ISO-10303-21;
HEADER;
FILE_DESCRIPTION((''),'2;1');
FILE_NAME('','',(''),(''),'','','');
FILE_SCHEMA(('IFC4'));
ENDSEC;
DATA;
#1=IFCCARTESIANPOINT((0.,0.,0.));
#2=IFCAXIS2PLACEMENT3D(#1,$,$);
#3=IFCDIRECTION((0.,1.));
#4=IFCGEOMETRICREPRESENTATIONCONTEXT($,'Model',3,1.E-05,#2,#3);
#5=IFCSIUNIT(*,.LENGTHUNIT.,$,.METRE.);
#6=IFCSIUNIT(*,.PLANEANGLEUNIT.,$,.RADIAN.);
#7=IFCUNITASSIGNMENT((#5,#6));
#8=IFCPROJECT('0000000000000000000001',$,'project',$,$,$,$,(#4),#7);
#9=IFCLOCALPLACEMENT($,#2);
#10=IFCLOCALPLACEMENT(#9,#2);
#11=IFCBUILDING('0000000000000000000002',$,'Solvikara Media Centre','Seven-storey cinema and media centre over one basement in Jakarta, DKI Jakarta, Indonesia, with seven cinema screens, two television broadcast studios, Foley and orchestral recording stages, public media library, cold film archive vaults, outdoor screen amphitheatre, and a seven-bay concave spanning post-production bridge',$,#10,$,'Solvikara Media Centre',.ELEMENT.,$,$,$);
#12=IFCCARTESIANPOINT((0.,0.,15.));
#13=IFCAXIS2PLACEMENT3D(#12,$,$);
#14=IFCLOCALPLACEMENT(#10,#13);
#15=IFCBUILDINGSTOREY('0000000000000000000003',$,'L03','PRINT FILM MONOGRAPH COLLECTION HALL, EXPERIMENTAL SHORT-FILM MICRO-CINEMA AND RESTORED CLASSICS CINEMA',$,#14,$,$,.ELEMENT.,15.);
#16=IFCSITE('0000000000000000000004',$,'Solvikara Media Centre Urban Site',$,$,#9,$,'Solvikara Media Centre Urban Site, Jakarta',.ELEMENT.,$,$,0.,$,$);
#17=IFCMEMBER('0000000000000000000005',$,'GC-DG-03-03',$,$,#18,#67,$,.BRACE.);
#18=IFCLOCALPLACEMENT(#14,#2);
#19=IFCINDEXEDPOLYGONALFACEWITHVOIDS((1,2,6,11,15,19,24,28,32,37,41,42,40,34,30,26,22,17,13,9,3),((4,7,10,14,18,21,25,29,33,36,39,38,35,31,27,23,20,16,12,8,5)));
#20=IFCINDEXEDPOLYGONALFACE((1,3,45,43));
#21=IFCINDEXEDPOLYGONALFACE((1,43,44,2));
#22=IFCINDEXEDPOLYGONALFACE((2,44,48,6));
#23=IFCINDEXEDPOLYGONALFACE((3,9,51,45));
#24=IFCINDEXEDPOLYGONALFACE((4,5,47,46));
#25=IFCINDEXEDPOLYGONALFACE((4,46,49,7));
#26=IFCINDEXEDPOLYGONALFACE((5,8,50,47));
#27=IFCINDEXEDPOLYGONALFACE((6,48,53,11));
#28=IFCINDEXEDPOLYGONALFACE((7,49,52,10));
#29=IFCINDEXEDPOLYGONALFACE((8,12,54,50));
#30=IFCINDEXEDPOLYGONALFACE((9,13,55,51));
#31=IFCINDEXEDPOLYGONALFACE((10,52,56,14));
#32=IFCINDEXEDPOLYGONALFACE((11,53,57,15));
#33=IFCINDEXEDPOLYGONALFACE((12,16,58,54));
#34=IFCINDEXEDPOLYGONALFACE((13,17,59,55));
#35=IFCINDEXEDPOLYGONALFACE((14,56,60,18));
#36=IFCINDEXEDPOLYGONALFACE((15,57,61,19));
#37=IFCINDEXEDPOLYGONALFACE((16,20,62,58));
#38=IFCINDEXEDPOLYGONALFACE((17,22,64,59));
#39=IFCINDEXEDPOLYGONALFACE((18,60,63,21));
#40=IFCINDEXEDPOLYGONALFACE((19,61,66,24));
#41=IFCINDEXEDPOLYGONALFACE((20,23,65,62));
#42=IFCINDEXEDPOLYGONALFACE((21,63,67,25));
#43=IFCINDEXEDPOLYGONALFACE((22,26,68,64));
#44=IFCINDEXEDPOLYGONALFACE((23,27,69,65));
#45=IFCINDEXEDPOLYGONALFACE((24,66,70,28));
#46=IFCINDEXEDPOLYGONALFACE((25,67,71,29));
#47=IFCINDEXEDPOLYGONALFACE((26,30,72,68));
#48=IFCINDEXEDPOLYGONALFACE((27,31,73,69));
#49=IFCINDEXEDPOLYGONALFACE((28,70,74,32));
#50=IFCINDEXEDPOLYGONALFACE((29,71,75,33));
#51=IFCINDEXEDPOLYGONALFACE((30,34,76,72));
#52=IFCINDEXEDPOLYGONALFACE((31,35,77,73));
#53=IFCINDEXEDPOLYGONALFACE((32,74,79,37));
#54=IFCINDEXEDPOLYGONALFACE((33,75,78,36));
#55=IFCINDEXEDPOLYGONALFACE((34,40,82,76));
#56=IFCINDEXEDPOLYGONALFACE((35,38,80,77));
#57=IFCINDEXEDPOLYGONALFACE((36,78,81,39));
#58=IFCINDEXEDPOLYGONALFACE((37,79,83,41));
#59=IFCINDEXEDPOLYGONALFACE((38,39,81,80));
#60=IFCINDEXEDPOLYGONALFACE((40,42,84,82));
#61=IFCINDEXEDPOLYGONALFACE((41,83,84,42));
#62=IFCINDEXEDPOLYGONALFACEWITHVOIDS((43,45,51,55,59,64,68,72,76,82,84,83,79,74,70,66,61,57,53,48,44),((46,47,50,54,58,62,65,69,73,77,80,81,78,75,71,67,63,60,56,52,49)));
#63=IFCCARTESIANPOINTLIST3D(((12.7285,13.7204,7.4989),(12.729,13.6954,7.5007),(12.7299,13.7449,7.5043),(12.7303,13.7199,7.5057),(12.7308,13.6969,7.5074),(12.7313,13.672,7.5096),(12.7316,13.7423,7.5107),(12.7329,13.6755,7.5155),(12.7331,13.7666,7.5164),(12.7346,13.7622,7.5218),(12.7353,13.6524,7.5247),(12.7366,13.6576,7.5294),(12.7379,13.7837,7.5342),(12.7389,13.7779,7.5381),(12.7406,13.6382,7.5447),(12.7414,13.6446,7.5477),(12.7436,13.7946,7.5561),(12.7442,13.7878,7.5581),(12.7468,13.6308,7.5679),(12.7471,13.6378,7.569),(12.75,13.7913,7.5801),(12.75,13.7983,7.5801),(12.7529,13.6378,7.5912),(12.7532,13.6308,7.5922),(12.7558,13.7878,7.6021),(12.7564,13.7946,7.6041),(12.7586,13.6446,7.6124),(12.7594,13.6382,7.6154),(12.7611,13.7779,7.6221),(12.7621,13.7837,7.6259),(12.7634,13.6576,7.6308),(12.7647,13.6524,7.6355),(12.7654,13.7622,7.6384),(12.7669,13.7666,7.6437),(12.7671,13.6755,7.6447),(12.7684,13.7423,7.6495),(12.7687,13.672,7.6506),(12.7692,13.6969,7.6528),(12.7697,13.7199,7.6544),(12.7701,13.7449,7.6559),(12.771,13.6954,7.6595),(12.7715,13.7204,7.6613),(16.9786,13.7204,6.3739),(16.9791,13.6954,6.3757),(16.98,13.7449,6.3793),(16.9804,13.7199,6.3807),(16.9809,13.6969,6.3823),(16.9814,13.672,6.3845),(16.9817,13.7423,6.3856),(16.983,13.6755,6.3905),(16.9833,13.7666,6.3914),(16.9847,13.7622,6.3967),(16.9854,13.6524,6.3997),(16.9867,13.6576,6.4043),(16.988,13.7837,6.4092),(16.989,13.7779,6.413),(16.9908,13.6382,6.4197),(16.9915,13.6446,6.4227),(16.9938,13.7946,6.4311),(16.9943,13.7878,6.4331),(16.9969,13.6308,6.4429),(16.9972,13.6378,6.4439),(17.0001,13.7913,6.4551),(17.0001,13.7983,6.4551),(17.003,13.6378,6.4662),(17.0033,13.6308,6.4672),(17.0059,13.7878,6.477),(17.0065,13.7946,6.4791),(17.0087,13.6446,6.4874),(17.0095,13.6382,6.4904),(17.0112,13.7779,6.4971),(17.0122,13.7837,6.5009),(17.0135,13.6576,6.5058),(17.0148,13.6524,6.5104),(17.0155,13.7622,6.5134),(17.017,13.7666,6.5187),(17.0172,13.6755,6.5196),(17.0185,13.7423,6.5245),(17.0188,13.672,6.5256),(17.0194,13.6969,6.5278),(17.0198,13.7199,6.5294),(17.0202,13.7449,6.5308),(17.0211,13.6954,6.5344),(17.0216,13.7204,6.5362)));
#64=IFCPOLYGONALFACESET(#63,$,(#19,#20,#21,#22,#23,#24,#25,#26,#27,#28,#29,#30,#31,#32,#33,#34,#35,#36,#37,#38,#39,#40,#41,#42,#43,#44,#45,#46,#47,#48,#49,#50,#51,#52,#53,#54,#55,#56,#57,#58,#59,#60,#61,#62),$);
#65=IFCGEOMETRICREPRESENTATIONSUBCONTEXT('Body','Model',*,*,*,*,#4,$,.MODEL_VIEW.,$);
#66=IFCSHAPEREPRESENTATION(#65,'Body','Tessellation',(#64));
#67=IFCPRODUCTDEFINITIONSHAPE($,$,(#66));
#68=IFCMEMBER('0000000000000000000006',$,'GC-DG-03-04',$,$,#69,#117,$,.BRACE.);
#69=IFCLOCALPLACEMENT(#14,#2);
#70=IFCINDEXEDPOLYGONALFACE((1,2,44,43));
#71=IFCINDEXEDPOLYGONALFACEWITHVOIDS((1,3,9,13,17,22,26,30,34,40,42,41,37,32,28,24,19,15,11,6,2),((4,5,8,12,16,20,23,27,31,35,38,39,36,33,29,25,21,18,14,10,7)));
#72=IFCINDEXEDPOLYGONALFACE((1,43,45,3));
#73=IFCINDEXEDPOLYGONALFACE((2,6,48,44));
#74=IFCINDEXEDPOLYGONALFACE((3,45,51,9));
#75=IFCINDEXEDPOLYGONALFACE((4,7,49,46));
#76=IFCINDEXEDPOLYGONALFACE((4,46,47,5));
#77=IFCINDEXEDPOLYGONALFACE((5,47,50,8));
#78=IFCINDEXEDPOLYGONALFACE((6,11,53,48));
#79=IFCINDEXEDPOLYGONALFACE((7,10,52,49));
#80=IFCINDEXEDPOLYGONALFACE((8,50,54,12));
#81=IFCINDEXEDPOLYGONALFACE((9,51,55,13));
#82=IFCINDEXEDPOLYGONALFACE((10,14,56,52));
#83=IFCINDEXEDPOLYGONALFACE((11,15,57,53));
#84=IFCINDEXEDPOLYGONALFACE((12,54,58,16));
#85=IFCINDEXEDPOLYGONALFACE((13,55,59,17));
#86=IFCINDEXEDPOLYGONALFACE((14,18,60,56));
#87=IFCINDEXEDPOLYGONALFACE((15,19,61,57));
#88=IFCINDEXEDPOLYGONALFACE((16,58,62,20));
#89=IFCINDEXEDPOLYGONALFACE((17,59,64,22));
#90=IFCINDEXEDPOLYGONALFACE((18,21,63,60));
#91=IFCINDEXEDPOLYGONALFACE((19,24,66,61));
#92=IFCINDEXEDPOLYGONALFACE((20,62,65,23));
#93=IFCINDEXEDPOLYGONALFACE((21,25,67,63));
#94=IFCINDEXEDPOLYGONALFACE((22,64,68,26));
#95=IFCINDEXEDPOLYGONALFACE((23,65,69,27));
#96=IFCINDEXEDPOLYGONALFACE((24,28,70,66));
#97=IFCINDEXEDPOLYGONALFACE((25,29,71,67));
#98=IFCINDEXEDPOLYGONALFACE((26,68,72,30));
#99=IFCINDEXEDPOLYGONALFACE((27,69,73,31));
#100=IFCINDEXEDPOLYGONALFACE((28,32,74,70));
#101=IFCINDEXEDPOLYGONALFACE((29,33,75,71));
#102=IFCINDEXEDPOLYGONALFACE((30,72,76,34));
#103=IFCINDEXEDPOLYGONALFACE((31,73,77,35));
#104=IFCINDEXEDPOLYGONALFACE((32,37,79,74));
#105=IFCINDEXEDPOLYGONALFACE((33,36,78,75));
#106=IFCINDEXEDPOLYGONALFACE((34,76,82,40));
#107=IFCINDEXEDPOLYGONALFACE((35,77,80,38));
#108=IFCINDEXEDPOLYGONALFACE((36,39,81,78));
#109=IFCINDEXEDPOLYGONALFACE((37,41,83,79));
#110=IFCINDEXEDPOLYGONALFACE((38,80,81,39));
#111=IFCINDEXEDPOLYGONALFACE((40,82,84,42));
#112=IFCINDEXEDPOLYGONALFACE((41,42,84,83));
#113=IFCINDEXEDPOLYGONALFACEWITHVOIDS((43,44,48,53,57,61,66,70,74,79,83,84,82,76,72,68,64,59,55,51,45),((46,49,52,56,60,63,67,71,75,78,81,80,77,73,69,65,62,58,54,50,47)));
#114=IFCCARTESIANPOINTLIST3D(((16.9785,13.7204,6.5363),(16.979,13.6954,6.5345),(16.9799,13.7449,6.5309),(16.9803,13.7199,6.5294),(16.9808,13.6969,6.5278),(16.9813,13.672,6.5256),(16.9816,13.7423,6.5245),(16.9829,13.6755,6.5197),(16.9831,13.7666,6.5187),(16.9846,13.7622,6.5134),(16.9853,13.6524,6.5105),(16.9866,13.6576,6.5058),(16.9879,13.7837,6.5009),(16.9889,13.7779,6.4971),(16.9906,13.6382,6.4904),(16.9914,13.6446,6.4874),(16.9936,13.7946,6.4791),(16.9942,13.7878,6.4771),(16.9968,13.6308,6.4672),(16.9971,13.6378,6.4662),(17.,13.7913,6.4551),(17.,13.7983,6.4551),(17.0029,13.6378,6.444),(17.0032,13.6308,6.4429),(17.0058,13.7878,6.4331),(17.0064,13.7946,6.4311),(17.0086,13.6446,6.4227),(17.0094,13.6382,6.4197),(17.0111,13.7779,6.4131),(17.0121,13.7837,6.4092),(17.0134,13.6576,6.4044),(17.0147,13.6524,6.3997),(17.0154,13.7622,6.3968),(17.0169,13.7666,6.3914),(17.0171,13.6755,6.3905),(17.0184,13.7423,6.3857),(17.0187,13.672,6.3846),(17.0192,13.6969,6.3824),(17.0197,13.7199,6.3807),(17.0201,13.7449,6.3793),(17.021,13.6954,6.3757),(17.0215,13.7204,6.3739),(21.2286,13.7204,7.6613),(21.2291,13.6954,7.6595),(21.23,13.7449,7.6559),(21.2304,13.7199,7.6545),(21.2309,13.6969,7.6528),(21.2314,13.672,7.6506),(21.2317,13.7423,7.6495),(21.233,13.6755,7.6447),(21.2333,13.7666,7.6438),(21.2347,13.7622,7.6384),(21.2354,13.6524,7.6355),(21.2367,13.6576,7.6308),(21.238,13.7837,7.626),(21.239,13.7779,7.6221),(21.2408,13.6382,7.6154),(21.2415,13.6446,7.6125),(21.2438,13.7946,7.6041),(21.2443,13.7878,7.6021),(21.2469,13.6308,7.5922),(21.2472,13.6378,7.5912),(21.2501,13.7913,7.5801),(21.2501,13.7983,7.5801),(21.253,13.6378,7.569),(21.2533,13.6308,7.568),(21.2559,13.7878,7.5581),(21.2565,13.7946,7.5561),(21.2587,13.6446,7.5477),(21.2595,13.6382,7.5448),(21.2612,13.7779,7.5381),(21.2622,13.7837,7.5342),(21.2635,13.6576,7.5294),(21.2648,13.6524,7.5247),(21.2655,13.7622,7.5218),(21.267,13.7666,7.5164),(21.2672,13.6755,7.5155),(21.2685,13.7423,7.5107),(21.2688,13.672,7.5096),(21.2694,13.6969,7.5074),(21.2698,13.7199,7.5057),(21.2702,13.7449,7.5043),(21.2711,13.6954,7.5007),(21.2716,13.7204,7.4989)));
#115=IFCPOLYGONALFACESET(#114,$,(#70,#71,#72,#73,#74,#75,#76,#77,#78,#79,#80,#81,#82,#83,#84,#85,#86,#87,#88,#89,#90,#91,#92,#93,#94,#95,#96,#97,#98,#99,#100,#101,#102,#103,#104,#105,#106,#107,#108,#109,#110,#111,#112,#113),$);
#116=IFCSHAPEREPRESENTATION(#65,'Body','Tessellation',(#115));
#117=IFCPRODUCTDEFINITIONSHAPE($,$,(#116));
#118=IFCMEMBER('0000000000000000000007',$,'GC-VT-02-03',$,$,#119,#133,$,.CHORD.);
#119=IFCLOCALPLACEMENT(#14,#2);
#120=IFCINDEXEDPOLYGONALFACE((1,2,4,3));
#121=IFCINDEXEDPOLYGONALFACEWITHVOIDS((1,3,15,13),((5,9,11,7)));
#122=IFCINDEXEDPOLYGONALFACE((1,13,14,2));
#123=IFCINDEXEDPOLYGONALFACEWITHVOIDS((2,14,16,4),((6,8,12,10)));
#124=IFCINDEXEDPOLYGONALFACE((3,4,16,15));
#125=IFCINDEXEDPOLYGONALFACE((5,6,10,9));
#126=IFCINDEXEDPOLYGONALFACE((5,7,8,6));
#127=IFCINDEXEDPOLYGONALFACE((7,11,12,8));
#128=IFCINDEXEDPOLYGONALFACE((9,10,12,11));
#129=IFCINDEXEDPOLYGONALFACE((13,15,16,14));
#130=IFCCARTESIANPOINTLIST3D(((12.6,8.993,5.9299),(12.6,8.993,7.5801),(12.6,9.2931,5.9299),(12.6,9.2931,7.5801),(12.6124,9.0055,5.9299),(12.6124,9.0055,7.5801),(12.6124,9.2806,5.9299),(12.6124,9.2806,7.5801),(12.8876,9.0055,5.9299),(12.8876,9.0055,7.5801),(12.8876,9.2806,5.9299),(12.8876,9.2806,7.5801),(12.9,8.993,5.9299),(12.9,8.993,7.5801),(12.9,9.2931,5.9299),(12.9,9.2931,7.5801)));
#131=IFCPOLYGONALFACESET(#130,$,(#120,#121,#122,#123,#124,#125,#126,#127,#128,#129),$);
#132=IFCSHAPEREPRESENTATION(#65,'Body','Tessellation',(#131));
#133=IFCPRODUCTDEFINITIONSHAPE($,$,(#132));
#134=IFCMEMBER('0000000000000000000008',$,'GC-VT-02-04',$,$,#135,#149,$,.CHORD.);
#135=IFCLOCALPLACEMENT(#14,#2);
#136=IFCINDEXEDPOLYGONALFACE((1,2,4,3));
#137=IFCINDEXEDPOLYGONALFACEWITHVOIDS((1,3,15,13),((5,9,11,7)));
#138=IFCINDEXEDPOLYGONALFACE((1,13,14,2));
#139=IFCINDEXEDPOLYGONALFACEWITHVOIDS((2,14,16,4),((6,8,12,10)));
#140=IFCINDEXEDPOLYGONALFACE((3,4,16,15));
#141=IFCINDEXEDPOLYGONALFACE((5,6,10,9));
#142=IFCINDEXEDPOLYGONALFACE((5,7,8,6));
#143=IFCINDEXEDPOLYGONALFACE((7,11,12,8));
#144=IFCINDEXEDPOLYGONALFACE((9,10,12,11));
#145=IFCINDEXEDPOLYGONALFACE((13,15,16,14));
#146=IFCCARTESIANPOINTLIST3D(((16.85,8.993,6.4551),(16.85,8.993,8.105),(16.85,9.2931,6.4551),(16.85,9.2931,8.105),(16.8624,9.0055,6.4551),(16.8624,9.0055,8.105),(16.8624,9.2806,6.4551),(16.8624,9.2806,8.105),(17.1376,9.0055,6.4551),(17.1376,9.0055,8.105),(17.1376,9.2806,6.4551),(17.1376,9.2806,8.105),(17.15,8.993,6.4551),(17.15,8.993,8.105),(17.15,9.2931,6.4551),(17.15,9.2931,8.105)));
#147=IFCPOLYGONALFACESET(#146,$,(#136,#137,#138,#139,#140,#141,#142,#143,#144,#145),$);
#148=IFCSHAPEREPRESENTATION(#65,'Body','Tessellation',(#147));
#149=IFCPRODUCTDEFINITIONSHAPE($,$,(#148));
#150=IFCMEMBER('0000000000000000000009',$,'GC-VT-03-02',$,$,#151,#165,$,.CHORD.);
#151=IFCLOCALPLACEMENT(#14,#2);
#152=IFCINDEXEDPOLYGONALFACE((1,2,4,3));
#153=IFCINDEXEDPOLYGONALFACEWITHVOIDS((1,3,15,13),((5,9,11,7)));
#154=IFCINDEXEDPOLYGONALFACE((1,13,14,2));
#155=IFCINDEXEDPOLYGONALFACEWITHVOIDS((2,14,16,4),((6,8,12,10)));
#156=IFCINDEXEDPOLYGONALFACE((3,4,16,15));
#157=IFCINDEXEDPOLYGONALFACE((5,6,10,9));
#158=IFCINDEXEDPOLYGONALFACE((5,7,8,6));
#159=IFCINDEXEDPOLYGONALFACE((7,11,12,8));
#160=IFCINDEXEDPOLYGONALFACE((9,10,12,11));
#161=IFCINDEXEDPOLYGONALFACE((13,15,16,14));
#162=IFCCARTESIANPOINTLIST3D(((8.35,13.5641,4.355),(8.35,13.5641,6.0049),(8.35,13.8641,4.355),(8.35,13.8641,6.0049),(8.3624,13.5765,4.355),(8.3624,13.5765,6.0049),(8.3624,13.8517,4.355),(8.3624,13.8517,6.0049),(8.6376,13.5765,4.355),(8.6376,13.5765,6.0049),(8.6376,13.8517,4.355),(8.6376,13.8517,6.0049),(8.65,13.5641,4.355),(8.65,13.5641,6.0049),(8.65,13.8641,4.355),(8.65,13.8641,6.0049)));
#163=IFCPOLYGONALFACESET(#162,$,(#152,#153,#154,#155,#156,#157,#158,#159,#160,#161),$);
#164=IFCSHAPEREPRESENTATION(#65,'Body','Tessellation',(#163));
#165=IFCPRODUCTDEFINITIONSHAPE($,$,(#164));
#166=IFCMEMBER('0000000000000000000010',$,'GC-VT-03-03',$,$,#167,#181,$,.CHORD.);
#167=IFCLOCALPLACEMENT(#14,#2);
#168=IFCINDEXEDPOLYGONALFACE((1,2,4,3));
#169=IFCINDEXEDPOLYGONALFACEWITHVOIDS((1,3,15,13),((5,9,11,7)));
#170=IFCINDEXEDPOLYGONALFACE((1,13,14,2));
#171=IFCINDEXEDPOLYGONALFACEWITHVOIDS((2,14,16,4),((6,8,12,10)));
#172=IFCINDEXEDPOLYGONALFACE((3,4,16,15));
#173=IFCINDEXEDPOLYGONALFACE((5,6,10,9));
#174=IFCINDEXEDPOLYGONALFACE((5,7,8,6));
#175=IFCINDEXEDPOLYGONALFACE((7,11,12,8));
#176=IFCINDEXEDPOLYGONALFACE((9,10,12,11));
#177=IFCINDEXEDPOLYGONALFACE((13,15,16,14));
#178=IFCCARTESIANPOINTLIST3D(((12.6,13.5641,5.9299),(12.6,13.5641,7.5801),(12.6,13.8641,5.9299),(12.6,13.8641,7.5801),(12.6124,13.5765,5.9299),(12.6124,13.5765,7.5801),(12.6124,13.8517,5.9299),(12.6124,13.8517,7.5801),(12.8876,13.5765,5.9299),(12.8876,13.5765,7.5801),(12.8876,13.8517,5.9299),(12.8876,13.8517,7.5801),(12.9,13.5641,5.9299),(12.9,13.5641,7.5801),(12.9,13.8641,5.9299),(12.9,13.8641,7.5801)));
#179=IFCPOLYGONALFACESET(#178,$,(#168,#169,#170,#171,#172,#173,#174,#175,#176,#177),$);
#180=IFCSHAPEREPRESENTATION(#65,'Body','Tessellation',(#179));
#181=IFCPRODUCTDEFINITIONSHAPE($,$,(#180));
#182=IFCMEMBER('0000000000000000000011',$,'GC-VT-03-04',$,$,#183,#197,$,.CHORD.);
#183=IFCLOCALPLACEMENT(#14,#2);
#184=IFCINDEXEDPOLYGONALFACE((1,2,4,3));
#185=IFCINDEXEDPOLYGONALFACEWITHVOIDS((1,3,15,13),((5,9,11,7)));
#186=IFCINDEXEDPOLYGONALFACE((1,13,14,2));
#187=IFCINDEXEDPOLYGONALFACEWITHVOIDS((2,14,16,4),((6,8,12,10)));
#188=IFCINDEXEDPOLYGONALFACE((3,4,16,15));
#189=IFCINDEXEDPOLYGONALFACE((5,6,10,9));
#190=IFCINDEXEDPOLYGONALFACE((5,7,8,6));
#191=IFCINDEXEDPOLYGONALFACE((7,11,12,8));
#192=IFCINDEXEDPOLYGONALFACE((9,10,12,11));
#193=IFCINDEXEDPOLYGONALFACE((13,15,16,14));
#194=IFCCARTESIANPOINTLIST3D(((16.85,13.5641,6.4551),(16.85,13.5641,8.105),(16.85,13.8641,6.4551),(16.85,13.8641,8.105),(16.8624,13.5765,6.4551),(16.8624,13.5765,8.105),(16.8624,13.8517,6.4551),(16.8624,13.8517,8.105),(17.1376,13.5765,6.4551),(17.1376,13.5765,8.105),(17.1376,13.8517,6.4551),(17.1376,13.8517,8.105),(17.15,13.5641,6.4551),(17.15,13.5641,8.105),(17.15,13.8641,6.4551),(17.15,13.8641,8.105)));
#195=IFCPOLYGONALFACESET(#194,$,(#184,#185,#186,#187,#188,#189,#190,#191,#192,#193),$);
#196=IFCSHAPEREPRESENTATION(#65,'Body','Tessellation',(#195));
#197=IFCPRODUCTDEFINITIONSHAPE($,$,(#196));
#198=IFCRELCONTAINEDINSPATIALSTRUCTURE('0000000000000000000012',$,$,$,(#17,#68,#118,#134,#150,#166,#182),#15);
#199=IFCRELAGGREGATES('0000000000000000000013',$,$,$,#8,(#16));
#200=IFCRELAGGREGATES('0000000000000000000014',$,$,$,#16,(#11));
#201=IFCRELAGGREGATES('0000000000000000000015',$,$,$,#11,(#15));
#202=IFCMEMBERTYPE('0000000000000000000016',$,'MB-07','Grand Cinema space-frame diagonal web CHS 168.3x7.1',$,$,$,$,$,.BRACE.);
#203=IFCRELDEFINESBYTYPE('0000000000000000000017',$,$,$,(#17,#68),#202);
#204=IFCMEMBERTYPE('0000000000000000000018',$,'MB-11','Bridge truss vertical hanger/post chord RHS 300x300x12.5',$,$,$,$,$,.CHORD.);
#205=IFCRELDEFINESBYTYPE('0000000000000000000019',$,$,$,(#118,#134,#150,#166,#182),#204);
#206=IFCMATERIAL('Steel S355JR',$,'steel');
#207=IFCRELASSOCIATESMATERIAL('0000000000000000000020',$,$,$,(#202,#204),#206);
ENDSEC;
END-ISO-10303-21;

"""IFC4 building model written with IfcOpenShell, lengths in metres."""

from ifc_helpers import new_model, si_unit, direction, frame, origin, origin_2d, place, context, subcontext, project, spatial, hollow_rectangle, hollow_circle, extrude, material, material_profile, profile_set, type_object, element, save


model = new_model("IFC4")

# Units and contexts
model_context = context("Model", 3, precision=1e-05, world=origin(), true_north=direction((0.0, 1.0)))
body_context = subcontext(model_context, "Body", "Model", "MODEL_VIEW")
ifc_project = project(units=[si_unit("LENGTHUNIT", "METRE"), si_unit("PLANEANGLEUNIT", "RADIAN")], contexts=[model_context])

# Site, building, storey
site_placement = place(None, origin())
site = spatial("IfcSite", under=ifc_project, at=site_placement, Name="Solvikara Media Centre Urban Site", LongName="Solvikara Media Centre Urban Site, Jakarta", CompositionType="ELEMENT", RefElevation=0.0)
building_placement = place(site_placement, origin())
building = spatial("IfcBuilding", under=site, at=building_placement, Name="Solvikara Media Centre", Description="Seven-storey cinema and media centre over one basement in Jakarta, DKI Jakarta, Indonesia, with seven cinema screens, two television broadcast studios, Foley and orchestral recording stages, public media library, cold film archive vaults, outdoor screen amphitheatre, and a seven-bay concave spanning post-production bridge", LongName="Solvikara Media Centre", CompositionType="ELEMENT")
storey_placement = place(building_placement, frame((0.0, 0.0, 15.0)))
storey = spatial("IfcBuildingStorey", under=building, at=storey_placement, Name="L03", Description="PRINT FILM MONOGRAPH COLLECTION HALL, EXPERIMENTAL SHORT-FILM MICRO-CINEMA AND RESTORED CLASSICS CINEMA", CompositionType="ELEMENT", Elevation=15.0)

# Members
ifc_material = material(Name="Steel S355JR", Category="steel")
ifc_material_profile_1 = material_profile(ifc_material, hollow_circle(Radius=0.0842, WallThickness=0.0071, at=origin_2d()), Name="CHS 168.3x7.1")
ifc_profile_set_1 = profile_set([ifc_material_profile_1], Name="Steel S355JR")
member_type_1 = type_object("IfcMemberType", Name="MB-07", Description="Grand Cinema space-frame diagonal web CHS 168.3x7.1", PredefinedType="BRACE", material=ifc_profile_set_1)
for number, where, z_axis, x_axis, name in (
    (1, (12.75, 13.7141, 7.5801), (0.966705, 0.0, -0.255893), (0.0, 1.0, 0.0), "GC-DG-03-03"),
    (2, (17.0, 13.7141, 6.4551), (0.966705, 0.0, 0.255893), (0.0, 1.0, 0.0), "GC-DG-03-04"),
):
    element("IfcMember", number, at=place(storey_placement, frame(where, z_axis=z_axis, x_axis=x_axis)), inside=storey, type_object=member_type_1, Name=name, PredefinedType="BRACE", context=body_context, shape_type="SweptSolid", body=[
        extrude(hollow_circle(Radius=0.0842, WallThickness=0.0071, at=origin_2d()), origin(), (0.0, 0.0, 1.0), 4.3965),
    ])
ifc_material_profile_2 = material_profile(ifc_material, hollow_rectangle(XDim=0.3, YDim=0.3, WallThickness=0.0125, at=origin_2d()), Name="RHS 300x300x12.5")
ifc_profile_set_2 = profile_set([ifc_material_profile_2], Name="Steel S355JR")
member_type_2 = type_object("IfcMemberType", Name="MB-11", Description="Bridge truss vertical hanger/post chord RHS 300x300x12.5", PredefinedType="CHORD", material=ifc_profile_set_2)
member_1_placement = place(storey_placement, frame((12.75, 9.1431, 5.9299), z_axis=(0.0, 0.0, 1.0), x_axis=(1.0, 0.0, 0.0)))
element("IfcMember", 3, at=member_1_placement, inside=storey, type_object=member_type_2, Name="GC-VT-02-03", PredefinedType="CHORD", context=body_context, shape_type="SweptSolid", body=[
    extrude(hollow_rectangle(XDim=0.3, YDim=0.3, WallThickness=0.0125, at=origin_2d()), origin(), (0.0, 0.0, 1.0), 1.6501),
])
for number, where, z_axis, x_axis, name in (
    (4, (17.0, 9.1431, 6.4551), (0.0, 0.0, 1.0), (1.0, 0.0, 0.0), "GC-VT-02-04"),
    (5, (8.5, 13.7141, 4.355), (0.0, 0.0, 1.0), (1.0, 0.0, 0.0), "GC-VT-03-02"),
):
    element("IfcMember", number, at=place(storey_placement, frame(where, z_axis=z_axis, x_axis=x_axis)), inside=storey, type_object=member_type_2, Name=name, PredefinedType="CHORD", context=body_context, shape_type="SweptSolid", body=[
        extrude(hollow_rectangle(XDim=0.3, YDim=0.3, WallThickness=0.0125, at=origin_2d()), origin(), (0.0, 0.0, 1.0), 1.6499),
    ])
member_2_placement = place(storey_placement, frame((12.75, 13.7141, 5.9299), z_axis=(0.0, 0.0, 1.0), x_axis=(1.0, 0.0, 0.0)))
element("IfcMember", 6, at=member_2_placement, inside=storey, type_object=member_type_2, Name="GC-VT-03-03", PredefinedType="CHORD", context=body_context, shape_type="SweptSolid", body=[
    extrude(hollow_rectangle(XDim=0.3, YDim=0.3, WallThickness=0.0125, at=origin_2d()), origin(), (0.0, 0.0, 1.0), 1.6501),
])
member_3_placement = place(storey_placement, frame((17.0, 13.7141, 6.4551), z_axis=(0.0, 0.0, 1.0), x_axis=(1.0, 0.0, 0.0)))
element("IfcMember", 7, at=member_3_placement, inside=storey, type_object=member_type_2, Name="GC-VT-03-04", PredefinedType="CHORD", context=body_context, shape_type="SweptSolid", body=[
    extrude(hollow_rectangle(XDim=0.3, YDim=0.3, WallThickness=0.0125, at=origin_2d()), origin(), (0.0, 0.0, 1.0), 1.6499),
])

save(model, "model.ifc")
